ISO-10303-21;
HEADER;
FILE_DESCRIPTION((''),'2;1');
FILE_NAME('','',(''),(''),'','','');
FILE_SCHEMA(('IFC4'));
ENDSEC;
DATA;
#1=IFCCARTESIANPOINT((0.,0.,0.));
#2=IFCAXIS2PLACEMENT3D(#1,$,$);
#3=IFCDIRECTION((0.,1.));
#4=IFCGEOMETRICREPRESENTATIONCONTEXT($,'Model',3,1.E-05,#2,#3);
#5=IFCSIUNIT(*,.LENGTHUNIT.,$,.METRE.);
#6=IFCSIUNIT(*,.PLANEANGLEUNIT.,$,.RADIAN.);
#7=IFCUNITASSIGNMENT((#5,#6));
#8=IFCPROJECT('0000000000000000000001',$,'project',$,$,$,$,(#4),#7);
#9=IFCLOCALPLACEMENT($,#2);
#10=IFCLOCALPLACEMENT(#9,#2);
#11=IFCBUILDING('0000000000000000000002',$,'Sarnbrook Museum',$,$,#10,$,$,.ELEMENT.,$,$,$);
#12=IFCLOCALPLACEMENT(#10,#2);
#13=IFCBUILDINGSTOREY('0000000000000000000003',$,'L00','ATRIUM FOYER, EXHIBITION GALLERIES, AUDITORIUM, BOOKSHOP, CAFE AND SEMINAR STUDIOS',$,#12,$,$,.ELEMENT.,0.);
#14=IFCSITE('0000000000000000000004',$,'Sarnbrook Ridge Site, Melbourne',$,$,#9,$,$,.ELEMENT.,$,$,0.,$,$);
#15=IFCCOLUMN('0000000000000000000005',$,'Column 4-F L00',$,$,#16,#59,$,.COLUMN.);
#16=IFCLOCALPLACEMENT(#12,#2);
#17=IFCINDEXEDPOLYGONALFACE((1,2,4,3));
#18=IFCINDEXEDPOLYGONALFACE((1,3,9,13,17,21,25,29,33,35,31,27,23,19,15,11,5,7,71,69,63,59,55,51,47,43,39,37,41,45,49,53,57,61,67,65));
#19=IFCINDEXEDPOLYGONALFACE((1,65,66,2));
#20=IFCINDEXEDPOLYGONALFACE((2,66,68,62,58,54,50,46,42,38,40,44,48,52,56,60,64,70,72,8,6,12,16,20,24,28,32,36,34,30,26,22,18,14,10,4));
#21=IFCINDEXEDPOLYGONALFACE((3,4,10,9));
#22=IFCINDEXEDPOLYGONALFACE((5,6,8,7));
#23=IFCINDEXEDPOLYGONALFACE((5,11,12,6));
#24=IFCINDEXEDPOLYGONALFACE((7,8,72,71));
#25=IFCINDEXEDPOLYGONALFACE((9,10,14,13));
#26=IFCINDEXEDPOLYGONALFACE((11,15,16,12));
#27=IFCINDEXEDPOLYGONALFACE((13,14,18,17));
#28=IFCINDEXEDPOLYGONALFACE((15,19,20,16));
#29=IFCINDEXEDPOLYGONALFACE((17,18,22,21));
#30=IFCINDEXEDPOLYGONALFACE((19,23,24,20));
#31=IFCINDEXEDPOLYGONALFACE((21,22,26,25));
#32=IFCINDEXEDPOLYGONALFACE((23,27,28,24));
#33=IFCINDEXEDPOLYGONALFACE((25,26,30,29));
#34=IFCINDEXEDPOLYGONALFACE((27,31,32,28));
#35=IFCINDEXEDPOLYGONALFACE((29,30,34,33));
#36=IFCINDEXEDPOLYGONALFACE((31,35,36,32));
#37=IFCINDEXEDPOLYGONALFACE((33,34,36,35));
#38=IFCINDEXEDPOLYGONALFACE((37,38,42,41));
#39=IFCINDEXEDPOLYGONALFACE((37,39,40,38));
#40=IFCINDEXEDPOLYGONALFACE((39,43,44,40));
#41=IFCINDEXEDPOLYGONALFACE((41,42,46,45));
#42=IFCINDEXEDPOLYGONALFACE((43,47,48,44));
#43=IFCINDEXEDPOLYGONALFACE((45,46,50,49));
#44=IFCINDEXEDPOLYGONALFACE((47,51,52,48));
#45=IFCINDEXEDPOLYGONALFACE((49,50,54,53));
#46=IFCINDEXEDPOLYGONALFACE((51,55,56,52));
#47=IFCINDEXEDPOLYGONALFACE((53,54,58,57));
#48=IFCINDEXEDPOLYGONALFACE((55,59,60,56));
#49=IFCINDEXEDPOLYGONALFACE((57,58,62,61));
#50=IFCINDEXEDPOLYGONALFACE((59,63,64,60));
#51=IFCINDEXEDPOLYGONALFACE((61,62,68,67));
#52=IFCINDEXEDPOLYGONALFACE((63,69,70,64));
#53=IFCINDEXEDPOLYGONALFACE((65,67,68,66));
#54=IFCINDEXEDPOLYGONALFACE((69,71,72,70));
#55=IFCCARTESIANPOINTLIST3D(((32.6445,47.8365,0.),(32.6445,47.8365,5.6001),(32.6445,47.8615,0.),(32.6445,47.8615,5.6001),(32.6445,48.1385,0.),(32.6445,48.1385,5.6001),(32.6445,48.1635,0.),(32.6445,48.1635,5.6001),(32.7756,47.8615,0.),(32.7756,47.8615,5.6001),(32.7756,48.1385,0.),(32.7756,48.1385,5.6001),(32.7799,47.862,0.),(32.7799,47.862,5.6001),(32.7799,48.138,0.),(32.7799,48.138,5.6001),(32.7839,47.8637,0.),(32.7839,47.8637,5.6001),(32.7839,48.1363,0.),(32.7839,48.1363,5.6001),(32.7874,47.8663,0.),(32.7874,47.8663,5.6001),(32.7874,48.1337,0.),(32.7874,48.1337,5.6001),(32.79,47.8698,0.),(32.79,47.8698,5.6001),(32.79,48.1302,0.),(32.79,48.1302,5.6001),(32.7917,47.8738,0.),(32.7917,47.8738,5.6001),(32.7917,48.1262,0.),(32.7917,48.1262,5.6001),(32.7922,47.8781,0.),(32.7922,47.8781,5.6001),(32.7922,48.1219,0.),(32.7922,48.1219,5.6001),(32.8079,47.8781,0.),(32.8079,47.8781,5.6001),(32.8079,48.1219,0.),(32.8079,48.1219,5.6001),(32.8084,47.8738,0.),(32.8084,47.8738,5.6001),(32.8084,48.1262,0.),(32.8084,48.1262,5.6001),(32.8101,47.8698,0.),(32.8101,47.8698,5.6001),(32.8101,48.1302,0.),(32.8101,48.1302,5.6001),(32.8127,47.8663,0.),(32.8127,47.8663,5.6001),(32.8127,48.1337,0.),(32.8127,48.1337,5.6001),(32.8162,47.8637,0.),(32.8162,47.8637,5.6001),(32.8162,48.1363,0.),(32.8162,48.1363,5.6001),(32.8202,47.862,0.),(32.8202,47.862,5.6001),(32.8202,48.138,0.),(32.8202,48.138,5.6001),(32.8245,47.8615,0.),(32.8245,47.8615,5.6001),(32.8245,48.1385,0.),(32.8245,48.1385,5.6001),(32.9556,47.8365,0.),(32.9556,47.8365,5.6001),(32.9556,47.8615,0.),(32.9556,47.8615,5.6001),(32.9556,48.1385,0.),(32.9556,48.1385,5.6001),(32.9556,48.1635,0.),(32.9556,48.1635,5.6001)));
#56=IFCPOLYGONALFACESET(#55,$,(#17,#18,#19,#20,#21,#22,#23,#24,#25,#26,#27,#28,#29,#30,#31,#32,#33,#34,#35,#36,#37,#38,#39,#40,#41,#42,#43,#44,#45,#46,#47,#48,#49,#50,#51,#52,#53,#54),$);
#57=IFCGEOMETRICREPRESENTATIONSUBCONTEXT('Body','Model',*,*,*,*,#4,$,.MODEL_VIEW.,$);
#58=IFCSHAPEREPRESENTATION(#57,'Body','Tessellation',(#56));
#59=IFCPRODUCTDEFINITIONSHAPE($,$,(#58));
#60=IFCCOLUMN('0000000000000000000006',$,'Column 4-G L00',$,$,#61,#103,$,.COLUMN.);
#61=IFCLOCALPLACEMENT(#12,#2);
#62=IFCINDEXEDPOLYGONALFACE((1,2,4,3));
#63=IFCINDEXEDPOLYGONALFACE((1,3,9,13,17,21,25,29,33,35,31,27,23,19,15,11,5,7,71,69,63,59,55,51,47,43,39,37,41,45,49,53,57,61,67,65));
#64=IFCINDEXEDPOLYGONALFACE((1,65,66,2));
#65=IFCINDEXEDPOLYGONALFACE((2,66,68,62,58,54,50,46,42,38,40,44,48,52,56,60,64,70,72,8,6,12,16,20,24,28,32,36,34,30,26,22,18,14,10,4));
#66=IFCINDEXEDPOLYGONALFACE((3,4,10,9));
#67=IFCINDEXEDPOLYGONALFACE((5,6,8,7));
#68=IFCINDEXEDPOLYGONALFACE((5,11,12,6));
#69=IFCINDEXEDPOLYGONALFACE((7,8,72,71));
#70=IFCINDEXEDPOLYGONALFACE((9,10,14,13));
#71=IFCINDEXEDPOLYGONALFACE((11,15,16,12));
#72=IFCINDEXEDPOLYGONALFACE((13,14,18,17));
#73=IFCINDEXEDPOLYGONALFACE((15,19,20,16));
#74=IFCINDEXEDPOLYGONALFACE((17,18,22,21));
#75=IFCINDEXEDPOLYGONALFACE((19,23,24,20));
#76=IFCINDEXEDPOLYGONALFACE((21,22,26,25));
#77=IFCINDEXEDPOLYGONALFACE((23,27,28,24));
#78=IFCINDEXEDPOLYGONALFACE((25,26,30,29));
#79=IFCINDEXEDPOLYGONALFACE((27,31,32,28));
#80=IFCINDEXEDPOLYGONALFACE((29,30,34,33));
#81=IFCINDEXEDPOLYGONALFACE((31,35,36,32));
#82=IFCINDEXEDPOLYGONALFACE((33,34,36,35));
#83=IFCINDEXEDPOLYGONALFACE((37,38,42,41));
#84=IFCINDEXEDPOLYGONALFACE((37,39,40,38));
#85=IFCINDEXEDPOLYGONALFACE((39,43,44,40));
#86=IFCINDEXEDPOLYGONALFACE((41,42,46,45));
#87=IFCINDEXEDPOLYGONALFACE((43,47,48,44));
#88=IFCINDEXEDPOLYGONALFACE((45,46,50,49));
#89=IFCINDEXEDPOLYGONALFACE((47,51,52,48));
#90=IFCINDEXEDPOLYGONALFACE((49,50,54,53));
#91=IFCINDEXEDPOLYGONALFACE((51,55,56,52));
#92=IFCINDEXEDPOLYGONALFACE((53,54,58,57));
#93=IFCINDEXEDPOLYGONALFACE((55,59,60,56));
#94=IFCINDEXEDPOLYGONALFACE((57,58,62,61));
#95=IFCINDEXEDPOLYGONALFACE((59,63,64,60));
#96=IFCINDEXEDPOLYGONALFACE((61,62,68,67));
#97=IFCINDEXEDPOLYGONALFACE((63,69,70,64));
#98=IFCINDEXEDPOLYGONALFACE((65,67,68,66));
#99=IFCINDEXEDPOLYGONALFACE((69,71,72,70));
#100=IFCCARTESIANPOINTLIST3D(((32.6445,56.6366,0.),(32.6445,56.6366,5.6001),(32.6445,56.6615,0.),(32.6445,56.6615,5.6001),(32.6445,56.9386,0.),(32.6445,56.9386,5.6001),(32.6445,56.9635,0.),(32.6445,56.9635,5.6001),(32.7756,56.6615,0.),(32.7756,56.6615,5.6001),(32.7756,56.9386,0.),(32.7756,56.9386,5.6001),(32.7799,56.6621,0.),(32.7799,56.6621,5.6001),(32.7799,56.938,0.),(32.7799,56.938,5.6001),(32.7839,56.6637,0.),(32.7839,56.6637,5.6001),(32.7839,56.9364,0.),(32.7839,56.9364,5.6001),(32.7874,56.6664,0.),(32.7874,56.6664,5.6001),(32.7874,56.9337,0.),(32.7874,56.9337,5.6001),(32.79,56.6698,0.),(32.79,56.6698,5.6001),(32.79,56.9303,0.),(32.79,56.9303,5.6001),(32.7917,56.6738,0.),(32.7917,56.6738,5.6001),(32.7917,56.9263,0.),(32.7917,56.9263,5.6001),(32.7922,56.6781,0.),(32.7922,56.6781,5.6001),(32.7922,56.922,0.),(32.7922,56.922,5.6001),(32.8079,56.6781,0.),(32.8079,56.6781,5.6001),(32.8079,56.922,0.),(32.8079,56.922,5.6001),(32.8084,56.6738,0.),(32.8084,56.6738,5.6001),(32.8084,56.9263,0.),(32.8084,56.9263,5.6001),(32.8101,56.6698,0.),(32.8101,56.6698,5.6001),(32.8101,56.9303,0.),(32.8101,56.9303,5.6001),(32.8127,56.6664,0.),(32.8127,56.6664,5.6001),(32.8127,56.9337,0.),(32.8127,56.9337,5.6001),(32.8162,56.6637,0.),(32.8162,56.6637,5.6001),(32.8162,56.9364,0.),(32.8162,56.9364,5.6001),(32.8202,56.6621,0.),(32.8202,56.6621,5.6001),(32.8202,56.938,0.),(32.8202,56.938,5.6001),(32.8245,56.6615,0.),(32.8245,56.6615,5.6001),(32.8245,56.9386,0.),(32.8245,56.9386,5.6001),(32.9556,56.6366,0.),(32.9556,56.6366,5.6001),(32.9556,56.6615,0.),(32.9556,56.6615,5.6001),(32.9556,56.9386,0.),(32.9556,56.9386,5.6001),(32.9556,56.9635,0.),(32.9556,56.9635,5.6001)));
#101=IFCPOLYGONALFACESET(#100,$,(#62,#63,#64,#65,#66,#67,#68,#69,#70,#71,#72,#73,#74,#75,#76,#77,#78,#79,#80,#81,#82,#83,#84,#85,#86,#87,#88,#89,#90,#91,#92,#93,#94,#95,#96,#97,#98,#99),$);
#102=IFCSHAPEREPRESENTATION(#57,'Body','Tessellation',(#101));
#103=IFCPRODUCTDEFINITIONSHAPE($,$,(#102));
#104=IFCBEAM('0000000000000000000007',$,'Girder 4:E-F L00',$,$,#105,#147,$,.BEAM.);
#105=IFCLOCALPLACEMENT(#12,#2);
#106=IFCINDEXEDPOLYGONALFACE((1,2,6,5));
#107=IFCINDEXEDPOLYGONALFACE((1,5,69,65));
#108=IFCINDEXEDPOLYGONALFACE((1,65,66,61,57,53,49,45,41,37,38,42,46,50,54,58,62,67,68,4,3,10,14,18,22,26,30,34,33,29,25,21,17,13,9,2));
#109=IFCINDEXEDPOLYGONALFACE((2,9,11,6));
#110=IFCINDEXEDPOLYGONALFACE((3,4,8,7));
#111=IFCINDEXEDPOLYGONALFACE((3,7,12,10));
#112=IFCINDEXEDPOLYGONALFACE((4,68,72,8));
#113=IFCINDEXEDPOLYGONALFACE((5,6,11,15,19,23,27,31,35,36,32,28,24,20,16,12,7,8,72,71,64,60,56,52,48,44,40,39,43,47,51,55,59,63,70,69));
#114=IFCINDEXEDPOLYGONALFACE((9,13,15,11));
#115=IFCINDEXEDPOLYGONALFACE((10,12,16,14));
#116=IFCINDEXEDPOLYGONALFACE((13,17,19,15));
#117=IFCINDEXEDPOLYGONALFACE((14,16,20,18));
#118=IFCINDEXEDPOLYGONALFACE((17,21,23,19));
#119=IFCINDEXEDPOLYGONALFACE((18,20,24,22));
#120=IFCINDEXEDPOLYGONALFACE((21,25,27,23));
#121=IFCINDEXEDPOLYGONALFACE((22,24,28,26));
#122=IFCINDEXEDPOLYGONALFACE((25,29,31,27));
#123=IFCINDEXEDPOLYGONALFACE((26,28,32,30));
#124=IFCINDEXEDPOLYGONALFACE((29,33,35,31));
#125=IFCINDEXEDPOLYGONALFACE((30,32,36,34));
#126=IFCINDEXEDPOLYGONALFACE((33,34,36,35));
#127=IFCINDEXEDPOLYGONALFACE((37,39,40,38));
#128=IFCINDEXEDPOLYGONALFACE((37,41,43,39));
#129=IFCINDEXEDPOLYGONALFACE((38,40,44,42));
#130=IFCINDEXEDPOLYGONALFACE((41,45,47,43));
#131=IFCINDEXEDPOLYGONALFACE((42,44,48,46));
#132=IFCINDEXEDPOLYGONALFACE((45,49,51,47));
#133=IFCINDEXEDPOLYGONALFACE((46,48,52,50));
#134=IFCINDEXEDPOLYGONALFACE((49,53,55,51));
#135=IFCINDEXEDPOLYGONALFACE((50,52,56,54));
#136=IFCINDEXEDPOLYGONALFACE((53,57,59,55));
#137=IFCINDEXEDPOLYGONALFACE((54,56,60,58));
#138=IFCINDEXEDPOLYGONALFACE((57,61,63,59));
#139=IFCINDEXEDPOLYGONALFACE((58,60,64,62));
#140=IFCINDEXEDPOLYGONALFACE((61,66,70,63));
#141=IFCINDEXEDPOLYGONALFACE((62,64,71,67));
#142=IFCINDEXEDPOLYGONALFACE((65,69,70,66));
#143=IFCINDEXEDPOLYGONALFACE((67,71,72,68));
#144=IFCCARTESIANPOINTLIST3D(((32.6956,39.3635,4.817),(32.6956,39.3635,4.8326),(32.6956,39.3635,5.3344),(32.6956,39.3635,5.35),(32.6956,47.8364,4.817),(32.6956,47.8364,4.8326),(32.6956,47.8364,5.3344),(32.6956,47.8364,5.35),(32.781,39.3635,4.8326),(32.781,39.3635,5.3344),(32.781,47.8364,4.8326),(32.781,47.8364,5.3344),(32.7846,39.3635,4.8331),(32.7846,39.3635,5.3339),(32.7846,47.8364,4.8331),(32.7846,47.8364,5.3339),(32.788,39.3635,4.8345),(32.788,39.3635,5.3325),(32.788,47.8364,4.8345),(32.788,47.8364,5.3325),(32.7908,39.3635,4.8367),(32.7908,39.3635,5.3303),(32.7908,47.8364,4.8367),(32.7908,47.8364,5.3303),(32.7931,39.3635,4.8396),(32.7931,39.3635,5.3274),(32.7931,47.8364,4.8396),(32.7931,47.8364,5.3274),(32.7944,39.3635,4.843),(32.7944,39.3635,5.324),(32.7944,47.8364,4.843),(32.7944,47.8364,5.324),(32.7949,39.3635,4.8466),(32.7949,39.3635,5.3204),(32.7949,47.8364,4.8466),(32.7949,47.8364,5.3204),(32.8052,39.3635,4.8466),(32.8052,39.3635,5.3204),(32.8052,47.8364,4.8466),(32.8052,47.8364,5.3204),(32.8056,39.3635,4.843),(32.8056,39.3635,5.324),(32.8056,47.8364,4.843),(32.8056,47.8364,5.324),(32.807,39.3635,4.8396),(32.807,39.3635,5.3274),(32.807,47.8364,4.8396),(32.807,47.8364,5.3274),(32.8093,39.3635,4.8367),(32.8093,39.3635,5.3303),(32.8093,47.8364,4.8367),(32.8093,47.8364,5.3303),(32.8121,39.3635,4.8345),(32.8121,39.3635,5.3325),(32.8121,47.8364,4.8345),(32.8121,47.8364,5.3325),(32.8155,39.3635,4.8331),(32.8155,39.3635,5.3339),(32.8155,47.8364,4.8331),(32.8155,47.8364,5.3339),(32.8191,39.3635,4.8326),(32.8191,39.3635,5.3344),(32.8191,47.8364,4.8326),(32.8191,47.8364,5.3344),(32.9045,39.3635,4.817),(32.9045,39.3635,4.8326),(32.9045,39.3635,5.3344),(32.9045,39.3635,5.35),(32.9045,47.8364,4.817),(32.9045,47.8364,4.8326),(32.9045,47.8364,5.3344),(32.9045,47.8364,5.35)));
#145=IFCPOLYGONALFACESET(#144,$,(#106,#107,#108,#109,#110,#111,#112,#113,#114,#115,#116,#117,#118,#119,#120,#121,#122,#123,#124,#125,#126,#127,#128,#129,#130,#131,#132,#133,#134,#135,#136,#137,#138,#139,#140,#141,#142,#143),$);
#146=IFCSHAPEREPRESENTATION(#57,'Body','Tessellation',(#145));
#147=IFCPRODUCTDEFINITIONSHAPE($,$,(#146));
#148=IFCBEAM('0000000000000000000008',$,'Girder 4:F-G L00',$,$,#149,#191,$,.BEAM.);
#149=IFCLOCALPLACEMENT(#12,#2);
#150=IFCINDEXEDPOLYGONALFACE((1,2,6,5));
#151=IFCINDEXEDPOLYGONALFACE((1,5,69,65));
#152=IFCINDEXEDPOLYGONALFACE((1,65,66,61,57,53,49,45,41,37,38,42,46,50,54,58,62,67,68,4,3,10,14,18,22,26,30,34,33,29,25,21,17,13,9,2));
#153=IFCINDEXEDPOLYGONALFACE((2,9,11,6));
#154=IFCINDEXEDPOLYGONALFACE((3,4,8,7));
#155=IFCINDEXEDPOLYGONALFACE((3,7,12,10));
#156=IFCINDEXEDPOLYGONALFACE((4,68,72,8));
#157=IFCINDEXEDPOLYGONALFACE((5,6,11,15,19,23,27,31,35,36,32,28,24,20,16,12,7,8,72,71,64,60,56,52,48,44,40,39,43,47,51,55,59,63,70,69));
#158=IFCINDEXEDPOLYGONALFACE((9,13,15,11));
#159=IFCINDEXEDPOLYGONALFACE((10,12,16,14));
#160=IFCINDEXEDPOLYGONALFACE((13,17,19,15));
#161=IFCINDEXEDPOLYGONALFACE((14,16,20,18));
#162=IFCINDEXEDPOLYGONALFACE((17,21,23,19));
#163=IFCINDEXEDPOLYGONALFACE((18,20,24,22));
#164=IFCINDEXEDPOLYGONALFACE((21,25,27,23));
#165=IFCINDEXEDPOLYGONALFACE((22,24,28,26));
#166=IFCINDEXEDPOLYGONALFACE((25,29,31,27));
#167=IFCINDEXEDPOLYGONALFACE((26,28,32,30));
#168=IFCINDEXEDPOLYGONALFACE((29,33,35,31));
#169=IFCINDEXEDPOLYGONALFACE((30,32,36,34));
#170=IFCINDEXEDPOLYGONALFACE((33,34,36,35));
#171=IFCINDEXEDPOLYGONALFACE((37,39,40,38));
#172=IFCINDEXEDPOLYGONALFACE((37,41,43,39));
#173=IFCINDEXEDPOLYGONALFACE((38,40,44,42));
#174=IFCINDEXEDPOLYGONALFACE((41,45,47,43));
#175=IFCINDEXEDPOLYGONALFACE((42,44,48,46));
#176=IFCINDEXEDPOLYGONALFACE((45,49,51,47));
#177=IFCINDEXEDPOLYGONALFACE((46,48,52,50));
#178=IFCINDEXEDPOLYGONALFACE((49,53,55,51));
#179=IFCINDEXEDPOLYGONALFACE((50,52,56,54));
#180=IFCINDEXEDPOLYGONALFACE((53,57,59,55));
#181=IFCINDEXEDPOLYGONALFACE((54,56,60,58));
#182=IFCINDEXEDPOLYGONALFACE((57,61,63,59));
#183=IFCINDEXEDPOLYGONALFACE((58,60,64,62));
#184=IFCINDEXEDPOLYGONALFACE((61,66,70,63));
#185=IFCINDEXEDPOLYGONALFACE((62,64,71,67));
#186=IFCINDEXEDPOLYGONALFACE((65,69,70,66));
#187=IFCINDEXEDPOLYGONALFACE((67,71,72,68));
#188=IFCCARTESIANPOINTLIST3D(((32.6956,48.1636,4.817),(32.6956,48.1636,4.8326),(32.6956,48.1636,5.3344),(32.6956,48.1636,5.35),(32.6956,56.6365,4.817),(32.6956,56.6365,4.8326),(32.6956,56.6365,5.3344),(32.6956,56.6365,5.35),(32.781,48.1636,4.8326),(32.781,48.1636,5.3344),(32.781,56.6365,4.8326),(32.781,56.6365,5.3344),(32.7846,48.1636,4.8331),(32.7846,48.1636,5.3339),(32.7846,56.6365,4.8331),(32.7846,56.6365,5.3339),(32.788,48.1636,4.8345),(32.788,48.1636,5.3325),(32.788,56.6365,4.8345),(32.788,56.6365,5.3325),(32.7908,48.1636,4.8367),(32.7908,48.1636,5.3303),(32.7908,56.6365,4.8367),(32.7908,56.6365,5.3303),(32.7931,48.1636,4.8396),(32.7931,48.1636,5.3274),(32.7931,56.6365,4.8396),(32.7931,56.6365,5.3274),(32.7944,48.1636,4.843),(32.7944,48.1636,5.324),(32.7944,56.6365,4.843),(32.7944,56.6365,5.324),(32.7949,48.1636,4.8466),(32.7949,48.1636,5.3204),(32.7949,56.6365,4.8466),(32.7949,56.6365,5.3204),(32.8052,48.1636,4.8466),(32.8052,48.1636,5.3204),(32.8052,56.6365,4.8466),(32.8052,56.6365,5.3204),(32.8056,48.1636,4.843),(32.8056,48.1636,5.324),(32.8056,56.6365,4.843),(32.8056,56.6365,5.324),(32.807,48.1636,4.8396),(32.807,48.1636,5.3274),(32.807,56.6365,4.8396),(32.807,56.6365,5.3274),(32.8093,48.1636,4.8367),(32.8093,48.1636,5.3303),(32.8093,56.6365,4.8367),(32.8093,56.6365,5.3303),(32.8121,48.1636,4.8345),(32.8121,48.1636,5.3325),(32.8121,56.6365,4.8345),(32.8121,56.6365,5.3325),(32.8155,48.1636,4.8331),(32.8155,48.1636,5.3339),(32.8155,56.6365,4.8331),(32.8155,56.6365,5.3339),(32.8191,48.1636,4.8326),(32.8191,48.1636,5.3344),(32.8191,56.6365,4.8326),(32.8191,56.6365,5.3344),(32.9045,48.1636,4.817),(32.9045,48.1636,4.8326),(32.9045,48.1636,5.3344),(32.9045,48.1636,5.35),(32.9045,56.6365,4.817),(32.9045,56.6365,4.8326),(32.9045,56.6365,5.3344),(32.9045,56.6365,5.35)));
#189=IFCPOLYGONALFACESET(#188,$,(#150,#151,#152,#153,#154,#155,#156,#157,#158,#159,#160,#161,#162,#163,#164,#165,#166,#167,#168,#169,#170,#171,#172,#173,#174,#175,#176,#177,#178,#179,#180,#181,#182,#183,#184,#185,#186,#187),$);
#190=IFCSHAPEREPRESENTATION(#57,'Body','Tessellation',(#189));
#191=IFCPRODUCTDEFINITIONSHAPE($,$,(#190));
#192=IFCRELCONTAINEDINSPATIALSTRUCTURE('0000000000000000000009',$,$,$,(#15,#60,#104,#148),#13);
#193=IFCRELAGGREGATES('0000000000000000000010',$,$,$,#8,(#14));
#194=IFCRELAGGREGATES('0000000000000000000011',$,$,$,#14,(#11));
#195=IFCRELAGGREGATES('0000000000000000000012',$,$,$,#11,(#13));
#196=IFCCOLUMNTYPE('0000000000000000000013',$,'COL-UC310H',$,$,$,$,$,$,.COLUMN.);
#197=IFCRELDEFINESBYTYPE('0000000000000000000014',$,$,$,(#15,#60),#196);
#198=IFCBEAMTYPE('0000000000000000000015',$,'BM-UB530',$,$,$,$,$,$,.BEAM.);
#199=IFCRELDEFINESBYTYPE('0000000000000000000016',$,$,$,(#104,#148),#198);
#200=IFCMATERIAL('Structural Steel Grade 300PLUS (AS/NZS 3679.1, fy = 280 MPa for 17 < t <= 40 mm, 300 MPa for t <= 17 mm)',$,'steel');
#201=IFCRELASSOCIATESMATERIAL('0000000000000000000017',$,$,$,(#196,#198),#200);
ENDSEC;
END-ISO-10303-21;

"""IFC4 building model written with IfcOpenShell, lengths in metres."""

from ifc_helpers import new_model, si_unit, direction, frame, origin, origin_2d, place, context, subcontext, project, spatial, i_section, extrude, material, material_profile, profile_set, type_object, element, save


model = new_model("IFC4")

# Units and contexts
model_context = context("Model", 3, precision=1e-05, world=origin(), true_north=direction((0.0, 1.0)))
body_context = subcontext(model_context, "Body", "Model", "MODEL_VIEW")
ifc_project = project(units=[si_unit("LENGTHUNIT", "METRE"), si_unit("PLANEANGLEUNIT", "RADIAN")], contexts=[model_context])

# Site, building, storey
site_placement = place(None, origin())
site = spatial("IfcSite", under=ifc_project, at=site_placement, Name="Sarnbrook Ridge Site, Melbourne", CompositionType="ELEMENT", RefElevation=0.0)
building_placement = place(site_placement, origin())
building = spatial("IfcBuilding", under=site, at=building_placement, Name="Sarnbrook Museum", CompositionType="ELEMENT")
storey_placement = place(building_placement, origin())
storey = spatial("IfcBuildingStorey", under=building, at=storey_placement, Name="L00", Description="ATRIUM FOYER, EXHIBITION GALLERIES, AUDITORIUM, BOOKSHOP, CAFE AND SEMINAR STUDIOS", CompositionType="ELEMENT", Elevation=0.0)

# Columns
ifc_material = material(Name="Structural Steel Grade 300PLUS (AS/NZS 3679.1, fy = 280 MPa for 17 < t <= 40 mm, 300 MPa for t <= 17 mm)", Category="steel")
ifc_material_profile_1 = material_profile(ifc_material, i_section(OverallWidth=0.311, OverallDepth=0.3269, WebThickness=0.0156, FlangeThickness=0.0249, FilletRadius=0.0166, at=origin_2d()), Name="310UC158")
ifc_profile_set_1 = profile_set([ifc_material_profile_1], Name="Structural Steel Grade 300PLUS (AS/NZS 3679.1, fy = 280 MPa for 17 < t <= 40 mm, 300 MPa for t <= 17 mm)")
column_type = type_object("IfcColumnType", Name="COL-UC310H", PredefinedType="COLUMN", material=ifc_profile_set_1)
for number, where, z_axis, x_axis, name in (
    (1, (32.8, 48.0, 0.0), (0.0, 0.0, 1.0), (1.0, 0.0, 0.0), "Column 4-F L00"),
    (2, (32.8, 56.8, 0.0), (0.0, 0.0, 1.0), (1.0, 0.0, 0.0), "Column 4-G L00"),
):
    element("IfcColumn", number, at=place(storey_placement, frame(where, z_axis=z_axis, x_axis=x_axis)), inside=storey, type_object=column_type, Name=name, PredefinedType="COLUMN", context=body_context, shape_type="SweptSolid", body=[
        extrude(i_section(OverallWidth=0.311, OverallDepth=0.3269, WebThickness=0.0156, FlangeThickness=0.0249, FilletRadius=0.0166, at=origin_2d()), origin(), (0.0, 0.0, 1.0), 5.6001),
    ])

# Beams
ifc_material_profile_2 = material_profile(ifc_material, i_section(OverallWidth=0.209, OverallDepth=0.533, WebThickness=0.0103, FlangeThickness=0.0156, FilletRadius=0.0139, at=origin_2d()), Name="530UB92.4")
ifc_profile_set_2 = profile_set([ifc_material_profile_2], Name="Structural Steel Grade 300PLUS (AS/NZS 3679.1, fy = 280 MPa for 17 < t <= 40 mm, 300 MPa for t <= 17 mm)")
beam_type_1 = type_object("IfcBeamType", Name="BM-UB530", PredefinedType="BEAM", material=ifc_profile_set_2)
for number, where, z_axis, x_axis, name in (
    (3, (32.8, 39.3635, 5.0835), (0.0, 1.0, 0.0), (-1.0, 0.0, 0.0), "Girder 4:E-F L00"),
    (4, (32.8, 48.1636, 5.0835), (0.0, 1.0, 0.0), (-1.0, 0.0, 0.0), "Girder 4:F-G L00"),
):
    element("IfcBeam", number, at=place(storey_placement, frame(where, z_axis=z_axis, x_axis=x_axis)), inside=storey, type_object=beam_type_1, Name=name, PredefinedType="BEAM", context=body_context, shape_type="SweptSolid", body=[
        extrude(i_section(OverallWidth=0.209, OverallDepth=0.533, WebThickness=0.0103, FlangeThickness=0.0156, FilletRadius=0.0139, at=origin_2d()), origin(), (0.0, 0.0, 1.0), 8.4729),
    ])

save(model, "model.ifc")
